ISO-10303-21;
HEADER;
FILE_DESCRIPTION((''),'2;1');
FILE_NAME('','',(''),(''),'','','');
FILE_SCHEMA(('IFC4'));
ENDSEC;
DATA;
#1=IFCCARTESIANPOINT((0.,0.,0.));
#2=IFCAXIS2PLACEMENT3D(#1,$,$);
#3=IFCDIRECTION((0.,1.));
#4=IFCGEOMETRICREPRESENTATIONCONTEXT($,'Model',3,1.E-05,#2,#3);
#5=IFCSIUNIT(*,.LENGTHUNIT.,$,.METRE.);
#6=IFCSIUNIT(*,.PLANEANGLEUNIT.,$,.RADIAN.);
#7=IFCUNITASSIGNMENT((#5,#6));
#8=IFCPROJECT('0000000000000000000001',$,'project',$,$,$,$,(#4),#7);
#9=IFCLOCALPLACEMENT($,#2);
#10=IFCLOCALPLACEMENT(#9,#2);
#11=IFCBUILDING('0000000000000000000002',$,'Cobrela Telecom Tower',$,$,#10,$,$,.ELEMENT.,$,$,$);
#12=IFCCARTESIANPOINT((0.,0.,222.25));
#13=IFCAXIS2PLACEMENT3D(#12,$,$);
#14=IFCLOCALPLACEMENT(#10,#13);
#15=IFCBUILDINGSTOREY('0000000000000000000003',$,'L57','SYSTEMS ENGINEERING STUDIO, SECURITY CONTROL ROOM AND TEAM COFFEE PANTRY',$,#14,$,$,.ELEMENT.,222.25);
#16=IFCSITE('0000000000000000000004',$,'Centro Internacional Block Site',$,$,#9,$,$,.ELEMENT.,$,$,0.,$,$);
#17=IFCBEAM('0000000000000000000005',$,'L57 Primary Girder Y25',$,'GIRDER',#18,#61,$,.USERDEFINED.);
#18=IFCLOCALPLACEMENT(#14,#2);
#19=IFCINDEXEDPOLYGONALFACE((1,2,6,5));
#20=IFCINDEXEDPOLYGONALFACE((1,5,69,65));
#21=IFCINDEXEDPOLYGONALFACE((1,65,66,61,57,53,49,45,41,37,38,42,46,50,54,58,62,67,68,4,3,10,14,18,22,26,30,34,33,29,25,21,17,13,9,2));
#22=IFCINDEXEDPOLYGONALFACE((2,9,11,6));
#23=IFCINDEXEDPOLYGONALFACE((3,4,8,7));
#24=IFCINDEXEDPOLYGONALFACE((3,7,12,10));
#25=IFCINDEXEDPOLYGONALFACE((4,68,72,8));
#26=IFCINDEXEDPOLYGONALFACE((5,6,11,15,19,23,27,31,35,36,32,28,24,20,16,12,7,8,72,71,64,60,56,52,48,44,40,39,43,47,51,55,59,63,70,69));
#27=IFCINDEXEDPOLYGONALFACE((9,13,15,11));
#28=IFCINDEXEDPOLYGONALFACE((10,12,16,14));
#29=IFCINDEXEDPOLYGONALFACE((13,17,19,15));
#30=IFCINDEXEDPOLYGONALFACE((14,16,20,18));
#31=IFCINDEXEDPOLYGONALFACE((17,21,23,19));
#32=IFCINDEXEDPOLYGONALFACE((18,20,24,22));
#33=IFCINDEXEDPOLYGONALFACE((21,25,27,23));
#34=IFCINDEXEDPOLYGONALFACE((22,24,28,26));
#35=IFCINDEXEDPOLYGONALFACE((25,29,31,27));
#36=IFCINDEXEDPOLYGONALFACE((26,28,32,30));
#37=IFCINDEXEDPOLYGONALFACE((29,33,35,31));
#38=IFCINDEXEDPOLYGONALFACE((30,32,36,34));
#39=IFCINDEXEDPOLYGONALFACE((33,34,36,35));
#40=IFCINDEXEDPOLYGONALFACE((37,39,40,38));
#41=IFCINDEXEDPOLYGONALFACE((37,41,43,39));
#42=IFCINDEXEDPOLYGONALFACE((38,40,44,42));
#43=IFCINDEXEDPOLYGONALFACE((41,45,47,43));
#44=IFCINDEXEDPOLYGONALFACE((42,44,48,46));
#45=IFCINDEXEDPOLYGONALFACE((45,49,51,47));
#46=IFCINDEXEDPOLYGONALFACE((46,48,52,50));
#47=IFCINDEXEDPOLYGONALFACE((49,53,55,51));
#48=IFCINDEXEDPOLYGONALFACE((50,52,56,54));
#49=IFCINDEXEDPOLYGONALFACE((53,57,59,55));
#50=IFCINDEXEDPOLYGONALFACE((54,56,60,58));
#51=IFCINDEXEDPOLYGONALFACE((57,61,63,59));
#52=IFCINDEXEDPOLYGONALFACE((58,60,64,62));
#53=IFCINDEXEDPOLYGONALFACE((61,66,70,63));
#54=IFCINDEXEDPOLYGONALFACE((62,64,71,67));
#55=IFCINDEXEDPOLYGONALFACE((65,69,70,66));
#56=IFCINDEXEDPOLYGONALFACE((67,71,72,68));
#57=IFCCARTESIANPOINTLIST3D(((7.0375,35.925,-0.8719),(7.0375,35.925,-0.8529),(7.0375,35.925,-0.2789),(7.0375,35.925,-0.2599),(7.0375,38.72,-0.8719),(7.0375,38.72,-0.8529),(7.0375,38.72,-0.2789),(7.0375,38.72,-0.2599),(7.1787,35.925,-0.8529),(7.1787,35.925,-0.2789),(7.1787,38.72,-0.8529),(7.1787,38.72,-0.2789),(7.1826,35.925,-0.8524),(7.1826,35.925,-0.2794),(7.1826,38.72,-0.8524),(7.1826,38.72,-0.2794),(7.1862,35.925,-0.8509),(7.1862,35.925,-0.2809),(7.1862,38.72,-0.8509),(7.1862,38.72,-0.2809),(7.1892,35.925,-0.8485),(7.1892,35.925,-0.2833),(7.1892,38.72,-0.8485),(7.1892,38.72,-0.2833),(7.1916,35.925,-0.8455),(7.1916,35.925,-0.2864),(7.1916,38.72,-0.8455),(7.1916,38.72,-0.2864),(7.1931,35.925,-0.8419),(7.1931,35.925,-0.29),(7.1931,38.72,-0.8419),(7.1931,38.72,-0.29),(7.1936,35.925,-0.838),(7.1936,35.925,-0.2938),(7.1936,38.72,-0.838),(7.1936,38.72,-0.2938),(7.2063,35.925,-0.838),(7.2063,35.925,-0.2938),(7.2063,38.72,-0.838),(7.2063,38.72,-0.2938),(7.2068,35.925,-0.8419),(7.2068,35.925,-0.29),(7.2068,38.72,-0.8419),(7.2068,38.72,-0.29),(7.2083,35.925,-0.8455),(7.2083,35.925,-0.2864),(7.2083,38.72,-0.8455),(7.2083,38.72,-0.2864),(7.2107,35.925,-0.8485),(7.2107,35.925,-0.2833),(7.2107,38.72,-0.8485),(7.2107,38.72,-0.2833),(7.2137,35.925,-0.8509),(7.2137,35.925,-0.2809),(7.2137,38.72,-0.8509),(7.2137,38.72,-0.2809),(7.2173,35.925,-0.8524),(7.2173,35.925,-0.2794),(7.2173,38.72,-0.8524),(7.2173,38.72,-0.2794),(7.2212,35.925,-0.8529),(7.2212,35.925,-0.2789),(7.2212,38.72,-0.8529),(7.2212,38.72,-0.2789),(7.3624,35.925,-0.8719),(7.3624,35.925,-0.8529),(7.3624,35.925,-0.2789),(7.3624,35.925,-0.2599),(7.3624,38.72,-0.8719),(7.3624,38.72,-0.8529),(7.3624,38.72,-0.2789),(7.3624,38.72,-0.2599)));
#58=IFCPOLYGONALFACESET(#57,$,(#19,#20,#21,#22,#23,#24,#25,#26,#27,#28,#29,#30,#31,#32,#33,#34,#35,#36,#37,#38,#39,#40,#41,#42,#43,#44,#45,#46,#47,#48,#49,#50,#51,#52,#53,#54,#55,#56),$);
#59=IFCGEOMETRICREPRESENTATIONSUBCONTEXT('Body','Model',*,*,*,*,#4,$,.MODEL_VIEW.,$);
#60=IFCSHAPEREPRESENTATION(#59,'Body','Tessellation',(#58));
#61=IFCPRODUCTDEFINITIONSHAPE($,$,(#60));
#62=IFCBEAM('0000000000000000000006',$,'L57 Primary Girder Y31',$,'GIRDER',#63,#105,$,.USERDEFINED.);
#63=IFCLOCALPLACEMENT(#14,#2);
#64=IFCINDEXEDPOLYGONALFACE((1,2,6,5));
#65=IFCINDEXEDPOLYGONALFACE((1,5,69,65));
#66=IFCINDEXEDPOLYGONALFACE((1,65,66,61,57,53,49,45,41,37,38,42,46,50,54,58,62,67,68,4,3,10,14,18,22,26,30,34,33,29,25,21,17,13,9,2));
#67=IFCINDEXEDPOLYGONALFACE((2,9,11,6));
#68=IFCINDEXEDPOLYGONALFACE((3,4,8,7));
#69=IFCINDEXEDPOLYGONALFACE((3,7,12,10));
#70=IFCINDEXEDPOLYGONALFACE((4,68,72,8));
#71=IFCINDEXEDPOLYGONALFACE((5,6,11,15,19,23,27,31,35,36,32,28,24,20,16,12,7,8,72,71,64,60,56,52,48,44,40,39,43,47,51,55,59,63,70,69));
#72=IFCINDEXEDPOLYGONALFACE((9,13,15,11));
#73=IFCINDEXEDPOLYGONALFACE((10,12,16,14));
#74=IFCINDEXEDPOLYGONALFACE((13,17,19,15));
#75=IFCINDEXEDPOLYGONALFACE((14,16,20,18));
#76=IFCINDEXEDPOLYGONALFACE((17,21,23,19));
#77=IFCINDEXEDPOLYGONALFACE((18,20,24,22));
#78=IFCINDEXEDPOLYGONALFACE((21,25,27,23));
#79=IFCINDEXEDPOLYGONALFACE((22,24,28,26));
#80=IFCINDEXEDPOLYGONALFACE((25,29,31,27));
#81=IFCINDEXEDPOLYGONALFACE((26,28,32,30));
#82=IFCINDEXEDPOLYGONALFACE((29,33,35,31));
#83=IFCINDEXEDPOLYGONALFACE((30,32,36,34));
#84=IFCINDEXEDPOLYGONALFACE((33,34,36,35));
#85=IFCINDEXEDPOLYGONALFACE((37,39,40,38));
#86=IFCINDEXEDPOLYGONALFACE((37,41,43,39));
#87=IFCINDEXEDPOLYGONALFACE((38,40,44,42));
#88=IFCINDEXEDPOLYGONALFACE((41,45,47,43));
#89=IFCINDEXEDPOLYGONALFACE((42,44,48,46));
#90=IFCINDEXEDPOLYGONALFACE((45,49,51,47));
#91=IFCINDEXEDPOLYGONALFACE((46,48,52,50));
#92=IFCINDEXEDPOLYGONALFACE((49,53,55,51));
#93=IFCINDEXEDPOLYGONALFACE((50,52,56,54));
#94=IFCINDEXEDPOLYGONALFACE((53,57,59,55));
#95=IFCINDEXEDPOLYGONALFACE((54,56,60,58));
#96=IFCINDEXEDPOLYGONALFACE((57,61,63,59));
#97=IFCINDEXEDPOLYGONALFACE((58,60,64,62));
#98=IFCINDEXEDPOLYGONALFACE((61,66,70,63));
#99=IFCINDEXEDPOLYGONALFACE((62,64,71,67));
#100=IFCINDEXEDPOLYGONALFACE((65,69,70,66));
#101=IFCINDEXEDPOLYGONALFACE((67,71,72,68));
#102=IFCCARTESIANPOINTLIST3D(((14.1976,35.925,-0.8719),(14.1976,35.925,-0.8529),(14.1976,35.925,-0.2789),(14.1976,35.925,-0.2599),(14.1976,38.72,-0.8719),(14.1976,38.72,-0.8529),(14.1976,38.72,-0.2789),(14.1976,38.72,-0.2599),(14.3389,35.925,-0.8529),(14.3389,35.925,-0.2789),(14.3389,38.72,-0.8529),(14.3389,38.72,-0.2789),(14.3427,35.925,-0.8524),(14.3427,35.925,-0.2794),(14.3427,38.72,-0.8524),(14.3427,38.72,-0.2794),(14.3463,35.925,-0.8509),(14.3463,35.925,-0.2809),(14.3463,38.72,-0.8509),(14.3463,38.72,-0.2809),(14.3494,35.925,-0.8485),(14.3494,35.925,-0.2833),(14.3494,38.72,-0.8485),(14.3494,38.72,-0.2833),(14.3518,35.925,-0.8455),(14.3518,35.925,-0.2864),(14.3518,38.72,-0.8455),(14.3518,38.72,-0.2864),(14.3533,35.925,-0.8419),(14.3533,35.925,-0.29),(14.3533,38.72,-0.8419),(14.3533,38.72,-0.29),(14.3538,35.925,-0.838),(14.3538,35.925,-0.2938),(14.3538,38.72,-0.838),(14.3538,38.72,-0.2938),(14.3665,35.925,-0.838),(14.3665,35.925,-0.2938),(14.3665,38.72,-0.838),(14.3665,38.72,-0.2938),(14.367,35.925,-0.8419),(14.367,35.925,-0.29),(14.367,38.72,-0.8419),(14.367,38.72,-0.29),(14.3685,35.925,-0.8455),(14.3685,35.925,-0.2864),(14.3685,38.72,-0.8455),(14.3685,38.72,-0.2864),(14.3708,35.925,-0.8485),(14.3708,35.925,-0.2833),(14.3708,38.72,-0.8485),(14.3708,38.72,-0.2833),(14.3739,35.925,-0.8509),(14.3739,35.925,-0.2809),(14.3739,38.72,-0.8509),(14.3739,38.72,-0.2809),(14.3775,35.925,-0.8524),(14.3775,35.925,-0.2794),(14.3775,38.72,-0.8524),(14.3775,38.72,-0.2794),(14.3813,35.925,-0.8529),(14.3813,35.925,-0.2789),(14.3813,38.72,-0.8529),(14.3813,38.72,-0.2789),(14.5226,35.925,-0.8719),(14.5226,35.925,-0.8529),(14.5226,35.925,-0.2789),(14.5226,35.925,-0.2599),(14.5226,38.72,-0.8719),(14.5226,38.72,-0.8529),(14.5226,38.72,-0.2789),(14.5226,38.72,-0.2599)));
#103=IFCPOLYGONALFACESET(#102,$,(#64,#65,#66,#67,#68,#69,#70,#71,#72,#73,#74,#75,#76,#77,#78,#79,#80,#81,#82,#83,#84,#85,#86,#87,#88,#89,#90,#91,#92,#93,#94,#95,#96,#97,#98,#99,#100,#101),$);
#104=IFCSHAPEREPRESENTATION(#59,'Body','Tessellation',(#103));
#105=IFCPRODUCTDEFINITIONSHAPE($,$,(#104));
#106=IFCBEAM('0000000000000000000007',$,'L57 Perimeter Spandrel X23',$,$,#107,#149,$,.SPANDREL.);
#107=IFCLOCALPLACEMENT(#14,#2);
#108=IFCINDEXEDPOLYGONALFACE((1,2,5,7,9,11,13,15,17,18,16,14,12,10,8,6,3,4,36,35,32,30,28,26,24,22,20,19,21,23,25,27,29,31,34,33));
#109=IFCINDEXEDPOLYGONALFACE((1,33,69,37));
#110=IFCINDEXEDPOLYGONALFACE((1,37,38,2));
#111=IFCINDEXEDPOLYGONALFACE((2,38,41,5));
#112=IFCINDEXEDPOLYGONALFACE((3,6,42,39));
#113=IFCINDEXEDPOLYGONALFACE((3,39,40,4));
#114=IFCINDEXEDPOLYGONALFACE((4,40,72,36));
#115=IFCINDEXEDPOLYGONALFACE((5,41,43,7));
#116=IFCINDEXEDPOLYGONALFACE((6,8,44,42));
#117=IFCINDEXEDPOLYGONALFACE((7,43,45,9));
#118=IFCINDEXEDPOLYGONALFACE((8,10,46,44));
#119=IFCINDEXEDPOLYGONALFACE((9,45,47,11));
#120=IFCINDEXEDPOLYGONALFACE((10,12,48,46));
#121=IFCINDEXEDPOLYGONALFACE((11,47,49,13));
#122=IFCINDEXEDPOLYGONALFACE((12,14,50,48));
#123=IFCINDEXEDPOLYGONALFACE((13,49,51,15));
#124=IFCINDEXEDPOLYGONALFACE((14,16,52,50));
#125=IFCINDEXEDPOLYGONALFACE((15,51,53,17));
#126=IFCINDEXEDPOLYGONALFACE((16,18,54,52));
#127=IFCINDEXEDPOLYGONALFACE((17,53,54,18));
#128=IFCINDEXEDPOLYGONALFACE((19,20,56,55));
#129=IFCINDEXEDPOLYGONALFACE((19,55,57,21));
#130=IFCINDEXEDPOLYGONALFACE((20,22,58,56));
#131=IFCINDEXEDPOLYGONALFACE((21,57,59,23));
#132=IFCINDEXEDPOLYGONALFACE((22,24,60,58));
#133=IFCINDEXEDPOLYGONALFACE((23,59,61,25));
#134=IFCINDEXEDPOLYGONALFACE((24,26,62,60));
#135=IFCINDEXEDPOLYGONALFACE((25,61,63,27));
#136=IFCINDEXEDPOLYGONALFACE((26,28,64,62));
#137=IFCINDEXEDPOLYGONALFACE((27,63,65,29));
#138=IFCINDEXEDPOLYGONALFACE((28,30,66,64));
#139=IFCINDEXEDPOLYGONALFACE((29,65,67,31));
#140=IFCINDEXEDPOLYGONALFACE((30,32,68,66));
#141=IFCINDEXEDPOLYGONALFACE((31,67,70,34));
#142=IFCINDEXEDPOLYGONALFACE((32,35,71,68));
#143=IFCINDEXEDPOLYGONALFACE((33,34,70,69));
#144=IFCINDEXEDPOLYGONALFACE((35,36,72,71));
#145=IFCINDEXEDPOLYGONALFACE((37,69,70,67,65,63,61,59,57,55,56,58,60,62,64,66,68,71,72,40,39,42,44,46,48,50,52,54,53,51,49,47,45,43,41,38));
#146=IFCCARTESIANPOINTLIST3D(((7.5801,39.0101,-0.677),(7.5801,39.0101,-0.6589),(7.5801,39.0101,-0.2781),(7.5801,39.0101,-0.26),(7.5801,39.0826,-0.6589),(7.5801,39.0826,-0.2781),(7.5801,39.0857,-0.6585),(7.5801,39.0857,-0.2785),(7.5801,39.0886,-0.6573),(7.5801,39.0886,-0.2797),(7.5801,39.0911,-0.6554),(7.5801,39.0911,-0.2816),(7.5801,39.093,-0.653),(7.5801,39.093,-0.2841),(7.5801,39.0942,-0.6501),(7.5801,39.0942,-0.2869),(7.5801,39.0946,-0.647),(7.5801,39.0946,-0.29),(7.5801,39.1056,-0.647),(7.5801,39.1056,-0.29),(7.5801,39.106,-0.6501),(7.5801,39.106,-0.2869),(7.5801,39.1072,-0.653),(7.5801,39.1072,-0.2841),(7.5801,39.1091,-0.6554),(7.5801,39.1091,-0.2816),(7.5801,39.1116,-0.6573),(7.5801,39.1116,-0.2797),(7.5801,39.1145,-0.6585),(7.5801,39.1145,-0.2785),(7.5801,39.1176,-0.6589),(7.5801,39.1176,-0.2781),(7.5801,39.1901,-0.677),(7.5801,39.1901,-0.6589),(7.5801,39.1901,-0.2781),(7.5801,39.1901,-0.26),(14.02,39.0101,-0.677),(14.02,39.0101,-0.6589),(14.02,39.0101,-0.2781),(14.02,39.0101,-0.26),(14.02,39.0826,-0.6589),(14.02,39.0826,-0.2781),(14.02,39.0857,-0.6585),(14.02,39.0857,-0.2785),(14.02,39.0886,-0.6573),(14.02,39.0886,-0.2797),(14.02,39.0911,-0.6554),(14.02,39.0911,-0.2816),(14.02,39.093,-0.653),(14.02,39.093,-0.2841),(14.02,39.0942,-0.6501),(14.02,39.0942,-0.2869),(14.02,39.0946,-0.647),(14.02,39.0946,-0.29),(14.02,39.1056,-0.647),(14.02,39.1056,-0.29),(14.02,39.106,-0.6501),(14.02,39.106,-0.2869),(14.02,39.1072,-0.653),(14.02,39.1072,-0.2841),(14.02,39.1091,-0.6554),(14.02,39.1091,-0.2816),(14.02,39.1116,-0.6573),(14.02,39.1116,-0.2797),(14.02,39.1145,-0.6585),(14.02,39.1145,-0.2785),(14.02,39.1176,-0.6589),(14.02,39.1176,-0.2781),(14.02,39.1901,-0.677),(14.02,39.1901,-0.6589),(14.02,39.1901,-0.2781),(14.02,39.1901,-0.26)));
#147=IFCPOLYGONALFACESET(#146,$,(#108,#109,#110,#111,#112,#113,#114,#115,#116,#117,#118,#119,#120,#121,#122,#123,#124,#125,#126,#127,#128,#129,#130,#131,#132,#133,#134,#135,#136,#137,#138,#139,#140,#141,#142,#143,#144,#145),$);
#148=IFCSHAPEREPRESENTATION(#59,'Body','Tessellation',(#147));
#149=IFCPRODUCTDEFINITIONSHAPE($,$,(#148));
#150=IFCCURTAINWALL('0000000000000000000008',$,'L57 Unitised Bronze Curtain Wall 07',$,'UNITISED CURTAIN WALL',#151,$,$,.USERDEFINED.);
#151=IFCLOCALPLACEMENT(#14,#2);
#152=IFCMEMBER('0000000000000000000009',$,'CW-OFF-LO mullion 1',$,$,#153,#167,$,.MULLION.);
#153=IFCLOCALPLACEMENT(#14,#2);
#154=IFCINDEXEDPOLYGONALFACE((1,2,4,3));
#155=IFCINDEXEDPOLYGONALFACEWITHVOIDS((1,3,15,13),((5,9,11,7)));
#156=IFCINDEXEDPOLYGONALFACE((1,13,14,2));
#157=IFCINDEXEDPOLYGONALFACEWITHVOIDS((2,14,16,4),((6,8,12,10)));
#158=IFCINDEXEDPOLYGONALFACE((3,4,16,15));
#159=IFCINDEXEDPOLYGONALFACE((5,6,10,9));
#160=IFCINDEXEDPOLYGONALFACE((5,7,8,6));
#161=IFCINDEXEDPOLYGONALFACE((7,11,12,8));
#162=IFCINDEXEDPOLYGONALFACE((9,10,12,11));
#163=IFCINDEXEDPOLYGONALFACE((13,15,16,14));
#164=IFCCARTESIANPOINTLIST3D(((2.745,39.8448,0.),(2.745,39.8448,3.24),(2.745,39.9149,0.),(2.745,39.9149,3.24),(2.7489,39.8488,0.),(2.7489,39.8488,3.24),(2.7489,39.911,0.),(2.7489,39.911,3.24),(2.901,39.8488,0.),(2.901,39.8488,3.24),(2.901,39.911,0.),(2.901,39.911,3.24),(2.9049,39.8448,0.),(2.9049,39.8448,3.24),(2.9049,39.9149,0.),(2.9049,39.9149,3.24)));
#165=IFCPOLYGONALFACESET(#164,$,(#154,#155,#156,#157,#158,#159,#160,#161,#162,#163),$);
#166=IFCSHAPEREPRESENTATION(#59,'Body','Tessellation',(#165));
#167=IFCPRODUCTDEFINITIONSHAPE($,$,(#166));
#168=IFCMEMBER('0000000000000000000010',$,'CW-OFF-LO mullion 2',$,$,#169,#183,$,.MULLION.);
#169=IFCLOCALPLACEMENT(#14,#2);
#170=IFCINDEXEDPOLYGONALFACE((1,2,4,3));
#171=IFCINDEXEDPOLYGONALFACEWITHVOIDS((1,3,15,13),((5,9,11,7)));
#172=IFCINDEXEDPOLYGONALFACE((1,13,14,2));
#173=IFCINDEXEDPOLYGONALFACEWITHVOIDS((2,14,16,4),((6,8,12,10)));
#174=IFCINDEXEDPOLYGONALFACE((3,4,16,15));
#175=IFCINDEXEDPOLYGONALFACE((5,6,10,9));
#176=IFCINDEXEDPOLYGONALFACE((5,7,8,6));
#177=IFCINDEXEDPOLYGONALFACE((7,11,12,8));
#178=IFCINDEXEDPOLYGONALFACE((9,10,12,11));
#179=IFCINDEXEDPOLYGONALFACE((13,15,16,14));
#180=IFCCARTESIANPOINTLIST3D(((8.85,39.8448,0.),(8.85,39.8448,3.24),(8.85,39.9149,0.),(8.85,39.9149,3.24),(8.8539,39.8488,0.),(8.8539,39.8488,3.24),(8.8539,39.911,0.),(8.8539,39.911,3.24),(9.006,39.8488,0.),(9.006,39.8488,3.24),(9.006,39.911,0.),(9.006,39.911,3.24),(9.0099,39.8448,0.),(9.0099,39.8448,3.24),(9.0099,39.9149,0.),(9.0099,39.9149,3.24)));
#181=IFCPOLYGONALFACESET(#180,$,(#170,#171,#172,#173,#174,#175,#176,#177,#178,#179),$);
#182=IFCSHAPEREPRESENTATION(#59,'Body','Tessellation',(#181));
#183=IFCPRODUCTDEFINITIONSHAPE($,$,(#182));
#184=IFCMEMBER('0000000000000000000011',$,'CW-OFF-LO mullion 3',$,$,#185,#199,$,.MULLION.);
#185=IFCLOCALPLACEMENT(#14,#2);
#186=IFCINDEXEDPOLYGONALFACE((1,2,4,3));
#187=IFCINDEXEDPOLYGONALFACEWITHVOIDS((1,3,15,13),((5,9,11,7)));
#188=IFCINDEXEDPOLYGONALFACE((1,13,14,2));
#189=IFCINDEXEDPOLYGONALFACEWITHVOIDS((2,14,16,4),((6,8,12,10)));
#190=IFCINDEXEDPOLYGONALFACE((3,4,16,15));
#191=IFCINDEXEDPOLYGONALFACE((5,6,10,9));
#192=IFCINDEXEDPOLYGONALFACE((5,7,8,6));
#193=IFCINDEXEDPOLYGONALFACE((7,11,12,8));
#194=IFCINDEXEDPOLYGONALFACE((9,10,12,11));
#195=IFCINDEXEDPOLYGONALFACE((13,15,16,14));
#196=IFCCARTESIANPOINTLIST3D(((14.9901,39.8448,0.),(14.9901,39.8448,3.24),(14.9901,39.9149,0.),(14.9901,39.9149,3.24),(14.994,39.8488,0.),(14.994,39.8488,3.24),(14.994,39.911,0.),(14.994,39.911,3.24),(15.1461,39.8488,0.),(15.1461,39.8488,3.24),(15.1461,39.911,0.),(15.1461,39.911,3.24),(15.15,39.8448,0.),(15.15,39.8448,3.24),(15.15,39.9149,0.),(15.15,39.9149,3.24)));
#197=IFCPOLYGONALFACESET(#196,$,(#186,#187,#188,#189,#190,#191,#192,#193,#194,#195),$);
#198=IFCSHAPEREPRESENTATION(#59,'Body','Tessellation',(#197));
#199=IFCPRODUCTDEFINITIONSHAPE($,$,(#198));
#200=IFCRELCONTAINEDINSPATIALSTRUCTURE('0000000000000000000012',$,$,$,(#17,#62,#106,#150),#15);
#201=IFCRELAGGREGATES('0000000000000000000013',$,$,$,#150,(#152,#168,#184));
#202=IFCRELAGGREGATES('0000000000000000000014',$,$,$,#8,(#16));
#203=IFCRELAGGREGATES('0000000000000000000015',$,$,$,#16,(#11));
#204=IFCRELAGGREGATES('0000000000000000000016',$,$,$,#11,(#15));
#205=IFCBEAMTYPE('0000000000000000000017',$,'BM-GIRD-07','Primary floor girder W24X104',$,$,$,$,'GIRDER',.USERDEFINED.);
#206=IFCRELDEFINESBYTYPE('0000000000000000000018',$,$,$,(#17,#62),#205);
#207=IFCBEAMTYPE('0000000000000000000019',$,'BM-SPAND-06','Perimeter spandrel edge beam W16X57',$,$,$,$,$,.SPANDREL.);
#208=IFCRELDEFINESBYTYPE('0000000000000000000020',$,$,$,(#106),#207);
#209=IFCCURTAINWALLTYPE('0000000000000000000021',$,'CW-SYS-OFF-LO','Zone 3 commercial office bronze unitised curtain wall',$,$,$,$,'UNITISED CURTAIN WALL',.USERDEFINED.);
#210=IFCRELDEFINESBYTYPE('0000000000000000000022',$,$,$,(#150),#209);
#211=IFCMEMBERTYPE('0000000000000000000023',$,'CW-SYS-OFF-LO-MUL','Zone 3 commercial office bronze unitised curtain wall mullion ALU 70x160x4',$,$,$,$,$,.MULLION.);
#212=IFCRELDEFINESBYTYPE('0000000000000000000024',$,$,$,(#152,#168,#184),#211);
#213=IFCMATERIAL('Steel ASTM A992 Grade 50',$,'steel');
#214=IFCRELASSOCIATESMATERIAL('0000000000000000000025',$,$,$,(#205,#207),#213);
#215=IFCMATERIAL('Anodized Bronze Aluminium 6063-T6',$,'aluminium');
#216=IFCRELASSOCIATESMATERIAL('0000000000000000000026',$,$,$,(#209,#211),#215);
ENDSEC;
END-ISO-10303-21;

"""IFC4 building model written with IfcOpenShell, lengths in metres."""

from ifc_helpers import new_model, si_unit, direction, frame, origin, origin_2d, place, context, subcontext, project, spatial, hollow_rectangle, i_section, extrude, material, material_profile, profile_set, type_object, element, aggregate, save


model = new_model("IFC4")

# Units and contexts
model_context = context("Model", 3, precision=1e-05, world=origin(), true_north=direction((0.0, 1.0)))
body_context = subcontext(model_context, "Body", "Model", "MODEL_VIEW")
ifc_project = project(units=[si_unit("LENGTHUNIT", "METRE"), si_unit("PLANEANGLEUNIT", "RADIAN")], contexts=[model_context])

# Site, building, storey
site_placement = place(None, origin())
site = spatial("IfcSite", under=ifc_project, at=site_placement, Name="Centro Internacional Block Site", CompositionType="ELEMENT", RefElevation=0.0)
building_placement = place(site_placement, origin())
building = spatial("IfcBuilding", under=site, at=building_placement, Name="Cobrela Telecom Tower", CompositionType="ELEMENT")
storey_placement = place(building_placement, frame((0.0, 0.0, 222.25)))
storey = spatial("IfcBuildingStorey", under=building, at=storey_placement, Name="L57", Description="SYSTEMS ENGINEERING STUDIO, SECURITY CONTROL ROOM AND TEAM COFFEE PANTRY", CompositionType="ELEMENT", Elevation=222.25)

# Beams
ifc_material_1 = material(Name="Steel ASTM A992 Grade 50", Category="steel")
ifc_material_profile_1 = material_profile(ifc_material_1, i_section(OverallWidth=0.325, OverallDepth=0.6121, WebThickness=0.0127, FlangeThickness=0.019, FilletRadius=0.0149, at=origin_2d()), Name="W24X104")
ifc_profile_set_1 = profile_set([ifc_material_profile_1], Name="Steel ASTM A992 Grade 50")
beam_type_1 = type_object("IfcBeamType", Name="BM-GIRD-07", Description="Primary floor girder W24X104", ElementType="GIRDER", PredefinedType="USERDEFINED", material=ifc_profile_set_1)
for number, where, z_axis, x_axis, name in (
    (1, (7.2, 35.925, -0.5659), (0.0, 1.0, 0.0), (-1.0, 0.0, 0.0), "L57 Primary Girder Y25"),
    (2, (14.3601, 35.925, -0.5659), (0.0, 1.0, 0.0), (-1.0, 0.0, 0.0), "L57 Primary Girder Y31"),
):
    element("IfcBeam", number, at=place(storey_placement, frame(where, z_axis=z_axis, x_axis=x_axis)), inside=storey, type_object=beam_type_1, Name=name, ObjectType="GIRDER", PredefinedType="USERDEFINED", context=body_context, shape_type="SweptSolid", body=[
        extrude(i_section(OverallWidth=0.325, OverallDepth=0.6121, WebThickness=0.0127, FlangeThickness=0.019, FilletRadius=0.0149, at=origin_2d()), origin(), (0.0, 0.0, 1.0), 2.7949),
    ])
ifc_material_profile_2 = material_profile(ifc_material_1, i_section(OverallWidth=0.1799, OverallDepth=0.417, WebThickness=0.011, FlangeThickness=0.0181, FilletRadius=0.012, at=origin_2d()), Name="W16X57")
ifc_profile_set_2 = profile_set([ifc_material_profile_2], Name="Steel ASTM A992 Grade 50")
beam_type_2 = type_object("IfcBeamType", Name="BM-SPAND-06", Description="Perimeter spandrel edge beam W16X57", PredefinedType="SPANDREL", material=ifc_profile_set_2)
beam_1_placement = place(storey_placement, frame((7.5801, 39.1001, -0.4685), z_axis=(1.0, 0.0, 0.0), x_axis=(0.0, 1.0, 0.0)))
element("IfcBeam", 3, at=beam_1_placement, inside=storey, type_object=beam_type_2, Name="L57 Perimeter Spandrel X23", PredefinedType="SPANDREL", context=body_context, shape_type="SweptSolid", body=[
    extrude(i_section(OverallWidth=0.1799, OverallDepth=0.417, WebThickness=0.011, FlangeThickness=0.0181, FilletRadius=0.012, at=origin_2d()), origin(), (0.0, 0.0, 1.0), 6.4399),
])

# Curtain wall, members
ifc_material_2 = material(Name="Anodized Bronze Aluminium 6063-T6", Category="aluminium")
curtain_wall_type = type_object("IfcCurtainWallType", Name="CW-SYS-OFF-LO", Description="Zone 3 commercial office bronze unitised curtain wall", ElementType="UNITISED CURTAIN WALL", PredefinedType="USERDEFINED", material=ifc_material_2)
curtain_wall_placement = place(storey_placement, origin())
curtain_wall = element("IfcCurtainWall", 4, at=curtain_wall_placement, inside=storey, type_object=curtain_wall_type, Name="L57 Unitised Bronze Curtain Wall 07", ObjectType="UNITISED CURTAIN WALL", PredefinedType="USERDEFINED")
ifc_material_profile_3 = material_profile(ifc_material_2, hollow_rectangle(XDim=0.0701, YDim=0.1599, WallThickness=0.0039, at=origin_2d()), Name="ALU 70x160x4")
ifc_profile_set_3 = profile_set([ifc_material_profile_3], Name="Anodized Bronze Aluminium 6063-T6")
member_type_1 = type_object("IfcMemberType", Name="CW-SYS-OFF-LO-MUL", Description="Zone 3 commercial office bronze unitised curtain wall mullion ALU 70x160x4", PredefinedType="MULLION", material=ifc_profile_set_3)
member_1_placement = place(storey_placement, frame((2.825, 39.8799, 0.0), z_axis=(0.0, 0.0, 1.0), x_axis=(0.0, 1.0, 0.0)))
member_1 = element("IfcMember", 5, at=member_1_placement, type_object=member_type_1, Name="CW-OFF-LO mullion 1", PredefinedType="MULLION", context=body_context, shape_type="SweptSolid", body=[
    extrude(hollow_rectangle(XDim=0.0701, YDim=0.1599, WallThickness=0.0039, at=origin_2d()), origin(), (0.0, 0.0, 1.0), 3.24),
])
member_2_placement = place(storey_placement, frame((8.9299, 39.8799, 0.0), z_axis=(0.0, 0.0, 1.0), x_axis=(0.0, 1.0, 0.0)))
member_2 = element("IfcMember", 6, at=member_2_placement, type_object=member_type_1, Name="CW-OFF-LO mullion 2", PredefinedType="MULLION", context=body_context, shape_type="SweptSolid", body=[
    extrude(hollow_rectangle(XDim=0.0701, YDim=0.1599, WallThickness=0.0039, at=origin_2d()), origin(), (0.0, 0.0, 1.0), 3.24),
])
member_3_placement = place(storey_placement, frame((15.0701, 39.8799, 0.0), z_axis=(0.0, 0.0, 1.0), x_axis=(0.0, 1.0, 0.0)))
member_3 = element("IfcMember", 7, at=member_3_placement, type_object=member_type_1, Name="CW-OFF-LO mullion 3", PredefinedType="MULLION", context=body_context, shape_type="SweptSolid", body=[
    extrude(hollow_rectangle(XDim=0.0701, YDim=0.1599, WallThickness=0.0039, at=origin_2d()), origin(), (0.0, 0.0, 1.0), 3.24),
])

aggregate(curtain_wall, [member_1, member_2, member_3])

save(model, "model.ifc")
